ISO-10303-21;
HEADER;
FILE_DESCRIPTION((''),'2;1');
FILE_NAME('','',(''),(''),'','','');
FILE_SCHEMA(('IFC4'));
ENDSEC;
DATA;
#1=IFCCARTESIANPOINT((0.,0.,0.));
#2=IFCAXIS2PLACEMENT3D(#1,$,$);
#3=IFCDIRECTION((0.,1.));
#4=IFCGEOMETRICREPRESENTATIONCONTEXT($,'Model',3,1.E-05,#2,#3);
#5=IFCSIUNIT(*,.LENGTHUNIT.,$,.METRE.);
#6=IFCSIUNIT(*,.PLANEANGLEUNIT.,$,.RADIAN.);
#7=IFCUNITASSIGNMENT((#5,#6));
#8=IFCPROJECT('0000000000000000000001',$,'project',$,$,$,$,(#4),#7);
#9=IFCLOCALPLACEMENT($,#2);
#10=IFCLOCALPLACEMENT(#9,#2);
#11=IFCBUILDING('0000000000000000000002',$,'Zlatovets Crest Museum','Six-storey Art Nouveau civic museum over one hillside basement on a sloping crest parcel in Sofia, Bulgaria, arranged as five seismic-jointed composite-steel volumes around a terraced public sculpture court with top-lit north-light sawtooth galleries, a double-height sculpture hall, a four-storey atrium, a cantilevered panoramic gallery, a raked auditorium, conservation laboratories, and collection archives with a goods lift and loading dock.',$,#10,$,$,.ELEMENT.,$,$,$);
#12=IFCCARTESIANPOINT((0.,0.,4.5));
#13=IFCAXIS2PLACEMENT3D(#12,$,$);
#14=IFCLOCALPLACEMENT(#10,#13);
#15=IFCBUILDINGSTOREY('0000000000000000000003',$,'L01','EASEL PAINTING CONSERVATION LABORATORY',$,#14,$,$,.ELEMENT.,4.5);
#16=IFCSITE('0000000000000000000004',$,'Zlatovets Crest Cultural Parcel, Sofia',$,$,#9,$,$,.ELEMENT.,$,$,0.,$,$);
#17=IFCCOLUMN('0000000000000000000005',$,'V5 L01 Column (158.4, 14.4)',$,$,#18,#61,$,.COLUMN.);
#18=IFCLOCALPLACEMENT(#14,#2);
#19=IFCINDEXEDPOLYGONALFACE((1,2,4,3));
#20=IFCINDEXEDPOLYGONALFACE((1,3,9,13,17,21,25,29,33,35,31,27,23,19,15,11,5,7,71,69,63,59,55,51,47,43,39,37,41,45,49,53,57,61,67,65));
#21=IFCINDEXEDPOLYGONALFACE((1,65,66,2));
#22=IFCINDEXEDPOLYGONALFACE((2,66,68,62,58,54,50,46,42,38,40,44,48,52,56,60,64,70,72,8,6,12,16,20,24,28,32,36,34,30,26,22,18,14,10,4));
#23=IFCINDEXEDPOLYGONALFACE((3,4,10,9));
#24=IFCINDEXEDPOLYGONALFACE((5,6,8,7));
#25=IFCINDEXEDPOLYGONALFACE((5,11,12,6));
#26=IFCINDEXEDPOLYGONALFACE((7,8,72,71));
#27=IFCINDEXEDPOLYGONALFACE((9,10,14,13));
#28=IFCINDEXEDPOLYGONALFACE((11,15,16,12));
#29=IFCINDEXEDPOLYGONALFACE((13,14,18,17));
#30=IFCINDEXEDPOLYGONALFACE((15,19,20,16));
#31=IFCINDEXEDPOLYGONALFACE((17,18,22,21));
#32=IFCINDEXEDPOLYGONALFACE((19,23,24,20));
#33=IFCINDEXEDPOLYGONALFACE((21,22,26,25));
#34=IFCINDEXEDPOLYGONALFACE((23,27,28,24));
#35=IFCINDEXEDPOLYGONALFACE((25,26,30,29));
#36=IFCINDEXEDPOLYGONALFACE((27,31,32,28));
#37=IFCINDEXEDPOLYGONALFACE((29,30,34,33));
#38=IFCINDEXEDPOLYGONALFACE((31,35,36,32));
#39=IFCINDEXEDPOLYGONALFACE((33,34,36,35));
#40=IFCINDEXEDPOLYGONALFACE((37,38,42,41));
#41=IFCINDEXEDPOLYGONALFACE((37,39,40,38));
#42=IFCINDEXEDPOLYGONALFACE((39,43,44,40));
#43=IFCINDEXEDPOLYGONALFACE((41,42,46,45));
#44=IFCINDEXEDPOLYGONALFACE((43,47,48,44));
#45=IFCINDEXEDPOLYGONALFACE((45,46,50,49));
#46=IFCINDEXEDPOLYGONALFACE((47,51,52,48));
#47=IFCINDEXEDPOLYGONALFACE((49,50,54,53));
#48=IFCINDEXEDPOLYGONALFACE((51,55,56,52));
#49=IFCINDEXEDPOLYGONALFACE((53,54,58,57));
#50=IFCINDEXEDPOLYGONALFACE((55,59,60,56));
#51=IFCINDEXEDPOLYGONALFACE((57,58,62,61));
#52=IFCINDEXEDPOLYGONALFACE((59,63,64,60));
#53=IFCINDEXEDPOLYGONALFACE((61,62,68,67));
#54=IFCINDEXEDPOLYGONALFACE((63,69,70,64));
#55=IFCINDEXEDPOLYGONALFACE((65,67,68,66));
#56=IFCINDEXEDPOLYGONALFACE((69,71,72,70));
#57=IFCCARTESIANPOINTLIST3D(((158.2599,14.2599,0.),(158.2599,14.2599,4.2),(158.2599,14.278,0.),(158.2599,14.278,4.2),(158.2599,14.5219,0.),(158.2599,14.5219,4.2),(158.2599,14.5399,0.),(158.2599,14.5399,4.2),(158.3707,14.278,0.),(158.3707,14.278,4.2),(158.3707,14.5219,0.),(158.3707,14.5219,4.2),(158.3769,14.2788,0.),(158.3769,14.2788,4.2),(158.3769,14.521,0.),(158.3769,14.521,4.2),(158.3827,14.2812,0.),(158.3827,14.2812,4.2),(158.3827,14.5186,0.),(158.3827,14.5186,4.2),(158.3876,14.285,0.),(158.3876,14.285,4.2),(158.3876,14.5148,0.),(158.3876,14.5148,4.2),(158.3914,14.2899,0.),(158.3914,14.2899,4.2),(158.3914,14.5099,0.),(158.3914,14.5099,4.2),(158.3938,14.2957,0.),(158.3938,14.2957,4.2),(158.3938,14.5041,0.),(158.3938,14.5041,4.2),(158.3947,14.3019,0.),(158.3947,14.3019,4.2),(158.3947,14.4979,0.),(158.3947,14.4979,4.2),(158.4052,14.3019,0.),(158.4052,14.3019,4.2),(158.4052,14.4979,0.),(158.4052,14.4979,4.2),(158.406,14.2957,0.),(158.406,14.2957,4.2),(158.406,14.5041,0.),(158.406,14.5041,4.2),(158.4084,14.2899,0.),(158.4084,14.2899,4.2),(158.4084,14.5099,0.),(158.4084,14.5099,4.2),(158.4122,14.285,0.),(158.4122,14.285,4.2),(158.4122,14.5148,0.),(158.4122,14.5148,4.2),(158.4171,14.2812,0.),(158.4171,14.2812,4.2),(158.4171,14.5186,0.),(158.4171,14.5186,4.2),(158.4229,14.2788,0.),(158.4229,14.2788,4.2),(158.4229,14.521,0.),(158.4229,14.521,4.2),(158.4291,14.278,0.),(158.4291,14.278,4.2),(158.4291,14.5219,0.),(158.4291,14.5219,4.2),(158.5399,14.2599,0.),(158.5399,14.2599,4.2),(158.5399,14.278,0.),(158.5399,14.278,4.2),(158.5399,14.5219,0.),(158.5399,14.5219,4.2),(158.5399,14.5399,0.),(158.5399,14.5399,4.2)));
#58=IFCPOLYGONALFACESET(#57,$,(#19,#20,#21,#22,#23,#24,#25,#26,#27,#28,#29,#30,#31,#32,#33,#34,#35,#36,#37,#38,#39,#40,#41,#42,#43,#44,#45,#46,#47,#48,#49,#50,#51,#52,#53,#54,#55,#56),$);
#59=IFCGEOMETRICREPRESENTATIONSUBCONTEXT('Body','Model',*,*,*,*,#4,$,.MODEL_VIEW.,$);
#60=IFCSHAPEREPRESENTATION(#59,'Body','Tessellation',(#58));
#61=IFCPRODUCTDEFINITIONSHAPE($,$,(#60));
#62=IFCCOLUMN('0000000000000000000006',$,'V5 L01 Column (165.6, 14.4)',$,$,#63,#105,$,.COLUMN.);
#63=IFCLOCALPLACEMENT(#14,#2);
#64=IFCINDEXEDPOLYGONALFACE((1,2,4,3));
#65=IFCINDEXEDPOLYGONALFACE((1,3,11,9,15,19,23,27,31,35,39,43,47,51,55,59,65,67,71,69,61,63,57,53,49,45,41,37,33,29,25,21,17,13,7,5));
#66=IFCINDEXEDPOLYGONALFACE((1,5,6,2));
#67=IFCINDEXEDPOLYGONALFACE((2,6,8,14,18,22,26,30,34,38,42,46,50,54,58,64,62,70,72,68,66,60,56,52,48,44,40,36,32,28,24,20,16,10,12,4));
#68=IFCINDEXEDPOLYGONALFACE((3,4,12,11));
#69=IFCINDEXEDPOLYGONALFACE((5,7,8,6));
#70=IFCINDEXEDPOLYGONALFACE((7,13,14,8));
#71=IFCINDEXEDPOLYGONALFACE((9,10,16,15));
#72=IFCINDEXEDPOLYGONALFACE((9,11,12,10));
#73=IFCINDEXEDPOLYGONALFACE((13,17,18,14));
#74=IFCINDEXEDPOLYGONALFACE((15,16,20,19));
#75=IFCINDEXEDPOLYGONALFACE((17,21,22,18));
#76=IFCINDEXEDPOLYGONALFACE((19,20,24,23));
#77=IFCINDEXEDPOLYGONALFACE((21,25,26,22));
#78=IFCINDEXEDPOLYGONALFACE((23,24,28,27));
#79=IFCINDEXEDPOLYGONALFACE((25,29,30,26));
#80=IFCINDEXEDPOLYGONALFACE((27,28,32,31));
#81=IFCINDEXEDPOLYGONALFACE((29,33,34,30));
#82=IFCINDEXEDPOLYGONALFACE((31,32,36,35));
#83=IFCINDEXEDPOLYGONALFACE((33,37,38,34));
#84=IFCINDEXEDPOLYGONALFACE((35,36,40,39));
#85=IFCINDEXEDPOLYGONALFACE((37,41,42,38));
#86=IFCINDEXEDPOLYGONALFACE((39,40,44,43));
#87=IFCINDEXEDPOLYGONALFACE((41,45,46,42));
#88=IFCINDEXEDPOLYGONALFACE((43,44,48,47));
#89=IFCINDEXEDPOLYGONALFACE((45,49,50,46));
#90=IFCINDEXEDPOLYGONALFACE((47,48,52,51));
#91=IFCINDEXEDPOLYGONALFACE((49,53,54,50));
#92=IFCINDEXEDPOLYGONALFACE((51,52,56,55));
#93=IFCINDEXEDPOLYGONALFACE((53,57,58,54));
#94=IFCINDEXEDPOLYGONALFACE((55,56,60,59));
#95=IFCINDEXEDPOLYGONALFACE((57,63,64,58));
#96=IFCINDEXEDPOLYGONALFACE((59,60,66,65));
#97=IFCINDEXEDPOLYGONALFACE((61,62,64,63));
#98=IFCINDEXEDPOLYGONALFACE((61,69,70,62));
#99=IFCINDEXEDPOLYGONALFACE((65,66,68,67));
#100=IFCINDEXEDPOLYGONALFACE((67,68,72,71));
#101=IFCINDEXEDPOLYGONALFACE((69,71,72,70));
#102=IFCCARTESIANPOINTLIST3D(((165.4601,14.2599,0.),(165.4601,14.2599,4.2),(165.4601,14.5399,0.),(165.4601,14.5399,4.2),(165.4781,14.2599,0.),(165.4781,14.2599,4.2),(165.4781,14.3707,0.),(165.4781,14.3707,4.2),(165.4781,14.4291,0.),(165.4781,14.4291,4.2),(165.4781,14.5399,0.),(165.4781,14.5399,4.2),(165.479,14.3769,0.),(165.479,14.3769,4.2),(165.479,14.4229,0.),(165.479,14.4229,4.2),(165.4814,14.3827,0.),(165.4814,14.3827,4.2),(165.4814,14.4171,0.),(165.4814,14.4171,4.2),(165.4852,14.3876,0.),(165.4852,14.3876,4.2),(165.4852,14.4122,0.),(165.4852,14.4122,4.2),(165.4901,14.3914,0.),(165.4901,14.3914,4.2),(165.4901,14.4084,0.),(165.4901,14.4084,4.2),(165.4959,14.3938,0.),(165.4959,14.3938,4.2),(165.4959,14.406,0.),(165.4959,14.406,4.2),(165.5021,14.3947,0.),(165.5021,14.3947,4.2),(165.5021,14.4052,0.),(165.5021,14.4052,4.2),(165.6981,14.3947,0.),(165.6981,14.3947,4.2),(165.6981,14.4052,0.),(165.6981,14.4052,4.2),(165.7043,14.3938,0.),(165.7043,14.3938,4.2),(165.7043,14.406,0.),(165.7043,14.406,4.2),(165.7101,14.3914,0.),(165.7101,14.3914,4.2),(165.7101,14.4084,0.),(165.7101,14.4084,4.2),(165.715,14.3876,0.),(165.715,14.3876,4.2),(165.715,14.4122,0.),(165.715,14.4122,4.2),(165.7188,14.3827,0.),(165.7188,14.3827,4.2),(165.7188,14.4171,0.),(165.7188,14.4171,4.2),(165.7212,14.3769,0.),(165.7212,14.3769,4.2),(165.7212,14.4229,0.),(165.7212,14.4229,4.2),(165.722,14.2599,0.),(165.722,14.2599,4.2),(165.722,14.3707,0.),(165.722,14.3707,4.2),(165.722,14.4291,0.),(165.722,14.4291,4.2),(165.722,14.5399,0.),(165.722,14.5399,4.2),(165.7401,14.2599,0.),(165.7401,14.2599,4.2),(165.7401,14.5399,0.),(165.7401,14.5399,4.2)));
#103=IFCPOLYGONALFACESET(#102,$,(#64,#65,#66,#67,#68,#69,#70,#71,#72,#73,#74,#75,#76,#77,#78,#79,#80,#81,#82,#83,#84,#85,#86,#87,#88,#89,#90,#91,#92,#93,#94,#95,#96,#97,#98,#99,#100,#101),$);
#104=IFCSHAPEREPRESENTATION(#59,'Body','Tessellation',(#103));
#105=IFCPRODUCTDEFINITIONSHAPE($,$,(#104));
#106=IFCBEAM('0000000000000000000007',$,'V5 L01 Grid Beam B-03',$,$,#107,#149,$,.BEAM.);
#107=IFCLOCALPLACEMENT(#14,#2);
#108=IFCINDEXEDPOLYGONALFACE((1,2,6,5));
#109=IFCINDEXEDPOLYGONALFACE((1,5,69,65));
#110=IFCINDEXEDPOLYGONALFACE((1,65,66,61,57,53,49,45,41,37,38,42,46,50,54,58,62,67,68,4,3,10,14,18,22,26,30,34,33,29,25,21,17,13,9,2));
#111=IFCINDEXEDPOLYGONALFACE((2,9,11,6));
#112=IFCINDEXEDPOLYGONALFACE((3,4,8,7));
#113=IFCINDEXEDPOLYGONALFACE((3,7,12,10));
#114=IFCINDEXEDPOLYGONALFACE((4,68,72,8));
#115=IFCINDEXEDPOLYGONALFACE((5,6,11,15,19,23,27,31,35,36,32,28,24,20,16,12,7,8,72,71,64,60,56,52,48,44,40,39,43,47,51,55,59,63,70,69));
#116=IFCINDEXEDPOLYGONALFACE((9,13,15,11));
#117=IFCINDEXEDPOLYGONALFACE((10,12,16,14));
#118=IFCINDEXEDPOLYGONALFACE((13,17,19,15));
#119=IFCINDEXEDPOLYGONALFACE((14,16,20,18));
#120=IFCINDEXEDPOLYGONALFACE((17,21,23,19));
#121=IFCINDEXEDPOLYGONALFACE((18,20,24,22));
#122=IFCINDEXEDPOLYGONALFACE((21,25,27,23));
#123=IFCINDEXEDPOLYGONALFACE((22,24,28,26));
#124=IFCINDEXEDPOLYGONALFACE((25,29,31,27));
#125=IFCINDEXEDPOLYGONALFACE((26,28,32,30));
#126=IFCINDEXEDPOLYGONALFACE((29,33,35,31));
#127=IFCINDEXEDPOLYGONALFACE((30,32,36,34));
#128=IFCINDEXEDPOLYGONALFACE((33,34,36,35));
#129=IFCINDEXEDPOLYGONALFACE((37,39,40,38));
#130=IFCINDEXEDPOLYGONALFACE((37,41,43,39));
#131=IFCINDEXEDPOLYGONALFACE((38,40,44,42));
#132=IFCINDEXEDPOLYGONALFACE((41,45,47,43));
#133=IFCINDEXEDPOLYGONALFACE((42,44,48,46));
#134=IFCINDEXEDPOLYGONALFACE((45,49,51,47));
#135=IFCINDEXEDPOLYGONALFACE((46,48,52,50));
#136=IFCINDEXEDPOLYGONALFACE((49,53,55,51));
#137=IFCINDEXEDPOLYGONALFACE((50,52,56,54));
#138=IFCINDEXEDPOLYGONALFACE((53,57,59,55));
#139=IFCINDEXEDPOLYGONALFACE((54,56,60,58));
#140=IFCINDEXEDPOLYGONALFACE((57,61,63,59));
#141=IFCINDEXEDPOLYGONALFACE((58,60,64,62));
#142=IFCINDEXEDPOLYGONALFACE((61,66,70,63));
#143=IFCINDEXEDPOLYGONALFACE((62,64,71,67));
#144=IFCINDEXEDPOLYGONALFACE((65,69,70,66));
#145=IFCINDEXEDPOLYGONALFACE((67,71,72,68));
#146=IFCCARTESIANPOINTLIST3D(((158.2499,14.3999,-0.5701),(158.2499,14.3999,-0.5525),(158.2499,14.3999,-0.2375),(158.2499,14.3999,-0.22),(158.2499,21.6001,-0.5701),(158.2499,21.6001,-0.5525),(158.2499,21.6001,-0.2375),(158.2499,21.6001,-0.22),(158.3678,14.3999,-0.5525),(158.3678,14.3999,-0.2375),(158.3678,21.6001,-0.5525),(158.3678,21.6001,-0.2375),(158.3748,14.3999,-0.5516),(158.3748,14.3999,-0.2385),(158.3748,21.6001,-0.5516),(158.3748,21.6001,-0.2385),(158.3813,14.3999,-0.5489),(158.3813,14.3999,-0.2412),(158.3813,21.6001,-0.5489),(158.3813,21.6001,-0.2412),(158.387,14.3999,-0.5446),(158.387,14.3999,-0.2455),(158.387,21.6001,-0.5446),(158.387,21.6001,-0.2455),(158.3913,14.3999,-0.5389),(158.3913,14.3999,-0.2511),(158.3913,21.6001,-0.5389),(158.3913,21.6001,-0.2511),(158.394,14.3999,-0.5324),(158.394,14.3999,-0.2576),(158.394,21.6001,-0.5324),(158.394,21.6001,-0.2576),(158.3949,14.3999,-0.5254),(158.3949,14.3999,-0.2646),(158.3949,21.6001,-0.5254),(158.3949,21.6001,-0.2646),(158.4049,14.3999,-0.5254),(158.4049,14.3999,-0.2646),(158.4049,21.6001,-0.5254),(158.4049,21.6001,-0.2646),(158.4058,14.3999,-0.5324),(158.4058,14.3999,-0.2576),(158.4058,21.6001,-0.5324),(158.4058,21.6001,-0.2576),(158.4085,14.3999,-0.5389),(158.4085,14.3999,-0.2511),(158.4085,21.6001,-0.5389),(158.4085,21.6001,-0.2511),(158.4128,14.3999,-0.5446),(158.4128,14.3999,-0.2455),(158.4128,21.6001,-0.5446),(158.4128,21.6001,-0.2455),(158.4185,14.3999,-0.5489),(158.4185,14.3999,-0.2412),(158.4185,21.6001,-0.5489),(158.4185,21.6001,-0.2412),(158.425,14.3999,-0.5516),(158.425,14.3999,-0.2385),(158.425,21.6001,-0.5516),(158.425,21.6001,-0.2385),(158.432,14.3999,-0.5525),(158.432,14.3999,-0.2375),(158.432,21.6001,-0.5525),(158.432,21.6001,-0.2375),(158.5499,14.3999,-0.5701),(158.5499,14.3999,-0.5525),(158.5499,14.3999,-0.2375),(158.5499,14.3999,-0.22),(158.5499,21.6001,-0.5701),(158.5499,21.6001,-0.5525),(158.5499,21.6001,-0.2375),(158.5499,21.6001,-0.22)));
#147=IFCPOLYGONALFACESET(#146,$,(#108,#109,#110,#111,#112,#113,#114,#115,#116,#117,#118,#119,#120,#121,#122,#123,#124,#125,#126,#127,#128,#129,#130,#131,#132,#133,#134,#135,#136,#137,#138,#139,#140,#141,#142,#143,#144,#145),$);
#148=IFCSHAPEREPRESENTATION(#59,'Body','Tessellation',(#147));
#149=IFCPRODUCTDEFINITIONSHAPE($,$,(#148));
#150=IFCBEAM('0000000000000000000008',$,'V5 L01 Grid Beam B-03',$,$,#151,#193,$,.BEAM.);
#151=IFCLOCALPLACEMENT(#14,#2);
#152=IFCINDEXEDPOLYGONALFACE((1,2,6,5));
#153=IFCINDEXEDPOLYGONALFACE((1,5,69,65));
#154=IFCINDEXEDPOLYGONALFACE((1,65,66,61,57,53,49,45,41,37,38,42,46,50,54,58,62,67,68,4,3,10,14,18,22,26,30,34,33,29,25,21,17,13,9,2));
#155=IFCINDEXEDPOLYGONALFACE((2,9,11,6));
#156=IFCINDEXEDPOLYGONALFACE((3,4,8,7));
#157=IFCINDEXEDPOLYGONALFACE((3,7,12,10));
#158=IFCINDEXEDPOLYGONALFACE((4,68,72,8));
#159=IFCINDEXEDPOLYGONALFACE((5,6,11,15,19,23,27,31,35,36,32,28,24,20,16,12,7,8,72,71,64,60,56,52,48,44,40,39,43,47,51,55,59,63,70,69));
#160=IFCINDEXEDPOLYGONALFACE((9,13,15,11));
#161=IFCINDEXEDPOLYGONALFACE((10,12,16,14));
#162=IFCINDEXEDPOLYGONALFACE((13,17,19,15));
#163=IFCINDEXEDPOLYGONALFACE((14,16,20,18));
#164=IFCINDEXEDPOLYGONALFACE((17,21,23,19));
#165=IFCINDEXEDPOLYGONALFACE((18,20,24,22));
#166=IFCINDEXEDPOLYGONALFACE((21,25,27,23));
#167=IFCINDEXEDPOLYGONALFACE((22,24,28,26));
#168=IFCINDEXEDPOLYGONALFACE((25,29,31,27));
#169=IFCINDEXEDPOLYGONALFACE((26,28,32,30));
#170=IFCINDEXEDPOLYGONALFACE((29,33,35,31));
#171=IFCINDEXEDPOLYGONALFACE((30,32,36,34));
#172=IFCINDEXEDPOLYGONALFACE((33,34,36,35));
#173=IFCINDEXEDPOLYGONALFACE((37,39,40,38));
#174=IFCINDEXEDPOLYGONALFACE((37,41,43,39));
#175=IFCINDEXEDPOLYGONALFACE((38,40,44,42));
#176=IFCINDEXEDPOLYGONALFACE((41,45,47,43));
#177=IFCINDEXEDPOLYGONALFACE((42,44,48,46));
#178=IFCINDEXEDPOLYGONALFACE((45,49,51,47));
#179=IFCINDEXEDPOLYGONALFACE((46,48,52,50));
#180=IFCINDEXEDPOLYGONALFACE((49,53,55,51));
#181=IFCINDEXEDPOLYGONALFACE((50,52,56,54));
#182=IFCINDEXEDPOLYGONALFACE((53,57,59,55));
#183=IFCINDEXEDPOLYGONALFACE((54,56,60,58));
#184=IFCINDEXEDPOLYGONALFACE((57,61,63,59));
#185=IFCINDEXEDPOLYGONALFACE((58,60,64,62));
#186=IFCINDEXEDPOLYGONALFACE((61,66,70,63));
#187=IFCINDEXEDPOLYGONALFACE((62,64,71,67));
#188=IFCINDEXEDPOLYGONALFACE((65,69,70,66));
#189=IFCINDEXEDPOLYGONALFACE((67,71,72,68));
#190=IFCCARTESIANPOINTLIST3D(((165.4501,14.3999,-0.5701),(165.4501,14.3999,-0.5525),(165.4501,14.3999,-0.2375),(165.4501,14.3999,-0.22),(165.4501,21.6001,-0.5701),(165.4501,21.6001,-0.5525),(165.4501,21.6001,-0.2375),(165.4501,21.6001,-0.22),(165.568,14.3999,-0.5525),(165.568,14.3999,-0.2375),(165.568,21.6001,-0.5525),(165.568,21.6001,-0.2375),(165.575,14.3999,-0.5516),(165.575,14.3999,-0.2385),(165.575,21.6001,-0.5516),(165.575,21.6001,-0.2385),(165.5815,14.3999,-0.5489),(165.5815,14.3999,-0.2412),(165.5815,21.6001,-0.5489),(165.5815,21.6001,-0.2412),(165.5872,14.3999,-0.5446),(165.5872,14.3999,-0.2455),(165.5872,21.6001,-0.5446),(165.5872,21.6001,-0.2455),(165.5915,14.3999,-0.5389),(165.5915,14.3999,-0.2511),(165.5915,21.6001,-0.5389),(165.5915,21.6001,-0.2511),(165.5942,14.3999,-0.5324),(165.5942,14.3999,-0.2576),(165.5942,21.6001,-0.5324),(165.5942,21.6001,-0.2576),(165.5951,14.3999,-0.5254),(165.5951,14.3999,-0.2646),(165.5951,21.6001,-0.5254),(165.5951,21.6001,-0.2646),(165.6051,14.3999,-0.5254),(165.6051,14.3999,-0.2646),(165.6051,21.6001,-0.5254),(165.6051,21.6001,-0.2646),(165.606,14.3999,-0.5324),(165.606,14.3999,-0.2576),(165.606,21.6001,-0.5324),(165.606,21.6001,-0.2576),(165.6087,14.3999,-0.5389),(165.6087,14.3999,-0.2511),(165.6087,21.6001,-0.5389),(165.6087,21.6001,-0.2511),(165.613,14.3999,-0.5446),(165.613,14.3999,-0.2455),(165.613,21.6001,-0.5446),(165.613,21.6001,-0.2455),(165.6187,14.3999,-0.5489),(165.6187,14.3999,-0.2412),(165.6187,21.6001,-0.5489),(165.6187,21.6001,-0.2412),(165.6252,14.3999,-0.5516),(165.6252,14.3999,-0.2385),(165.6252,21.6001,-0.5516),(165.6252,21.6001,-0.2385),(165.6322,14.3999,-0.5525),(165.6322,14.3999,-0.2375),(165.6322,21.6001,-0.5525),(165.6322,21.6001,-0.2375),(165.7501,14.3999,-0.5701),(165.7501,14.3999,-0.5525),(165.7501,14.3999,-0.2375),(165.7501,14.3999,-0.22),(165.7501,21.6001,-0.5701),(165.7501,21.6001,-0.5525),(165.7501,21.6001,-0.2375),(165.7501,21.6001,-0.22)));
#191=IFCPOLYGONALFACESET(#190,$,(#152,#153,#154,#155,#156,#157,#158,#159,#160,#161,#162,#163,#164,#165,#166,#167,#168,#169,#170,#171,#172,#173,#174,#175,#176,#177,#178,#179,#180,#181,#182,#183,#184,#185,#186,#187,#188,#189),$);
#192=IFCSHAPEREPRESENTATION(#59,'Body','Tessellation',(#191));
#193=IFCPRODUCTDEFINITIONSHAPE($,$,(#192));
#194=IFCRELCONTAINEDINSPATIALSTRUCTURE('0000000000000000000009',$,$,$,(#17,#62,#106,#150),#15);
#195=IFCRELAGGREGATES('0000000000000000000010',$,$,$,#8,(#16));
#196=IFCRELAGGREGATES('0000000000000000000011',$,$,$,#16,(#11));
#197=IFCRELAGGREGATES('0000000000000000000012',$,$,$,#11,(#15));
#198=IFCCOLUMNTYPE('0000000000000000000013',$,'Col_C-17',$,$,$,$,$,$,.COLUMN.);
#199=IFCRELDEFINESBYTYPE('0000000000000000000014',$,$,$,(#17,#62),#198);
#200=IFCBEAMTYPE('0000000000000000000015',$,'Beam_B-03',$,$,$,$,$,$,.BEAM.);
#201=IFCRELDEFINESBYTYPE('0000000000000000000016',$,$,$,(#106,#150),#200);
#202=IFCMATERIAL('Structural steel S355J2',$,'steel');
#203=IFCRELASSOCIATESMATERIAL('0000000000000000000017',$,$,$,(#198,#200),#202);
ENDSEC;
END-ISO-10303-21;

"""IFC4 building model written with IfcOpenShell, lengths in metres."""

from ifc_helpers import new_model, si_unit, direction, frame, origin, origin_2d, place, context, subcontext, project, spatial, i_section, extrude, material, material_profile, profile_set, type_object, element, save


model = new_model("IFC4")

# Units and contexts
model_context = context("Model", 3, precision=1e-05, world=origin(), true_north=direction((0.0, 1.0)))
body_context = subcontext(model_context, "Body", "Model", "MODEL_VIEW")
ifc_project = project(units=[si_unit("LENGTHUNIT", "METRE"), si_unit("PLANEANGLEUNIT", "RADIAN")], contexts=[model_context])

# Site, building, storey
site_placement = place(None, origin())
site = spatial("IfcSite", under=ifc_project, at=site_placement, Name="Zlatovets Crest Cultural Parcel, Sofia", CompositionType="ELEMENT", RefElevation=0.0)
building_placement = place(site_placement, origin())
building = spatial("IfcBuilding", under=site, at=building_placement, Name="Zlatovets Crest Museum", Description="Six-storey Art Nouveau civic museum over one hillside basement on a sloping crest parcel in Sofia, Bulgaria, arranged as five seismic-jointed composite-steel volumes around a terraced public sculpture court with top-lit north-light sawtooth galleries, a double-height sculpture hall, a four-storey atrium, a cantilevered panoramic gallery, a raked auditorium, conservation laboratories, and collection archives with a goods lift and loading dock.", CompositionType="ELEMENT")
storey_placement = place(building_placement, frame((0.0, 0.0, 4.5)))
storey = spatial("IfcBuildingStorey", under=building, at=storey_placement, Name="L01", Description="EASEL PAINTING CONSERVATION LABORATORY", CompositionType="ELEMENT", Elevation=4.5)

# Columns
ifc_material_1 = material(Name="Structural steel S355J2", Category="steel")
ifc_material_profile_1 = material_profile(ifc_material_1, i_section(OverallWidth=0.28, OverallDepth=0.28, WebThickness=0.0105, FlangeThickness=0.0181, FilletRadius=0.0239, at=origin_2d()), Name="HEB 280")
ifc_profile_set_1 = profile_set([ifc_material_profile_1], Name="Structural steel S355J2")
column_type = type_object("IfcColumnType", Name="Col_C-17", PredefinedType="COLUMN", material=ifc_profile_set_1)
for number, where, z_axis, x_axis, name in (
    (1, (158.3999, 14.3999, 0.0), (0.0, 0.0, 1.0), (1.0, 0.0, 0.0), "V5 L01 Column (158.4, 14.4)"),
    (2, (165.6001, 14.3999, 0.0), (0.0, 0.0, 1.0), (0.0, 1.0, 0.0), "V5 L01 Column (165.6, 14.4)"),
):
    element("IfcColumn", number, at=place(storey_placement, frame(where, z_axis=z_axis, x_axis=x_axis)), inside=storey, type_object=column_type, Name=name, PredefinedType="COLUMN", context=body_context, shape_type="SweptSolid", body=[
        extrude(i_section(OverallWidth=0.28, OverallDepth=0.28, WebThickness=0.0105, FlangeThickness=0.0181, FilletRadius=0.0239, at=origin_2d()), origin(), (0.0, 0.0, 1.0), 4.2),
    ])

# Beams
ifc_material_profile_2 = material_profile(ifc_material_1, i_section(OverallWidth=0.3, OverallDepth=0.3501, WebThickness=0.01, FlangeThickness=0.0176, FilletRadius=0.0271, at=origin_2d()), Name="HEA 360")
ifc_profile_set_2 = profile_set([ifc_material_profile_2], Name="Structural steel S355J2")
beam_type_1 = type_object("IfcBeamType", Name="Beam_B-03", PredefinedType="BEAM", material=ifc_profile_set_2)
for number, where, z_axis, x_axis, name in (
    (3, (158.3999, 14.3999, -0.395), (0.0, 1.0, 0.0), (-1.0, 0.0, 0.0), "V5 L01 Grid Beam B-03"),
    (4, (165.6001, 14.3999, -0.395), (0.0, 1.0, 0.0), (-1.0, 0.0, 0.0), "V5 L01 Grid Beam B-03"),
):
    element("IfcBeam", number, at=place(storey_placement, frame(where, z_axis=z_axis, x_axis=x_axis)), inside=storey, type_object=beam_type_1, Name=name, PredefinedType="BEAM", context=body_context, shape_type="SweptSolid", body=[
        extrude(i_section(OverallWidth=0.3, OverallDepth=0.3501, WebThickness=0.01, FlangeThickness=0.0176, FilletRadius=0.0271, at=origin_2d()), origin(), (0.0, 0.0, 1.0), 7.2002),
    ])

save(model, "model.ifc")
